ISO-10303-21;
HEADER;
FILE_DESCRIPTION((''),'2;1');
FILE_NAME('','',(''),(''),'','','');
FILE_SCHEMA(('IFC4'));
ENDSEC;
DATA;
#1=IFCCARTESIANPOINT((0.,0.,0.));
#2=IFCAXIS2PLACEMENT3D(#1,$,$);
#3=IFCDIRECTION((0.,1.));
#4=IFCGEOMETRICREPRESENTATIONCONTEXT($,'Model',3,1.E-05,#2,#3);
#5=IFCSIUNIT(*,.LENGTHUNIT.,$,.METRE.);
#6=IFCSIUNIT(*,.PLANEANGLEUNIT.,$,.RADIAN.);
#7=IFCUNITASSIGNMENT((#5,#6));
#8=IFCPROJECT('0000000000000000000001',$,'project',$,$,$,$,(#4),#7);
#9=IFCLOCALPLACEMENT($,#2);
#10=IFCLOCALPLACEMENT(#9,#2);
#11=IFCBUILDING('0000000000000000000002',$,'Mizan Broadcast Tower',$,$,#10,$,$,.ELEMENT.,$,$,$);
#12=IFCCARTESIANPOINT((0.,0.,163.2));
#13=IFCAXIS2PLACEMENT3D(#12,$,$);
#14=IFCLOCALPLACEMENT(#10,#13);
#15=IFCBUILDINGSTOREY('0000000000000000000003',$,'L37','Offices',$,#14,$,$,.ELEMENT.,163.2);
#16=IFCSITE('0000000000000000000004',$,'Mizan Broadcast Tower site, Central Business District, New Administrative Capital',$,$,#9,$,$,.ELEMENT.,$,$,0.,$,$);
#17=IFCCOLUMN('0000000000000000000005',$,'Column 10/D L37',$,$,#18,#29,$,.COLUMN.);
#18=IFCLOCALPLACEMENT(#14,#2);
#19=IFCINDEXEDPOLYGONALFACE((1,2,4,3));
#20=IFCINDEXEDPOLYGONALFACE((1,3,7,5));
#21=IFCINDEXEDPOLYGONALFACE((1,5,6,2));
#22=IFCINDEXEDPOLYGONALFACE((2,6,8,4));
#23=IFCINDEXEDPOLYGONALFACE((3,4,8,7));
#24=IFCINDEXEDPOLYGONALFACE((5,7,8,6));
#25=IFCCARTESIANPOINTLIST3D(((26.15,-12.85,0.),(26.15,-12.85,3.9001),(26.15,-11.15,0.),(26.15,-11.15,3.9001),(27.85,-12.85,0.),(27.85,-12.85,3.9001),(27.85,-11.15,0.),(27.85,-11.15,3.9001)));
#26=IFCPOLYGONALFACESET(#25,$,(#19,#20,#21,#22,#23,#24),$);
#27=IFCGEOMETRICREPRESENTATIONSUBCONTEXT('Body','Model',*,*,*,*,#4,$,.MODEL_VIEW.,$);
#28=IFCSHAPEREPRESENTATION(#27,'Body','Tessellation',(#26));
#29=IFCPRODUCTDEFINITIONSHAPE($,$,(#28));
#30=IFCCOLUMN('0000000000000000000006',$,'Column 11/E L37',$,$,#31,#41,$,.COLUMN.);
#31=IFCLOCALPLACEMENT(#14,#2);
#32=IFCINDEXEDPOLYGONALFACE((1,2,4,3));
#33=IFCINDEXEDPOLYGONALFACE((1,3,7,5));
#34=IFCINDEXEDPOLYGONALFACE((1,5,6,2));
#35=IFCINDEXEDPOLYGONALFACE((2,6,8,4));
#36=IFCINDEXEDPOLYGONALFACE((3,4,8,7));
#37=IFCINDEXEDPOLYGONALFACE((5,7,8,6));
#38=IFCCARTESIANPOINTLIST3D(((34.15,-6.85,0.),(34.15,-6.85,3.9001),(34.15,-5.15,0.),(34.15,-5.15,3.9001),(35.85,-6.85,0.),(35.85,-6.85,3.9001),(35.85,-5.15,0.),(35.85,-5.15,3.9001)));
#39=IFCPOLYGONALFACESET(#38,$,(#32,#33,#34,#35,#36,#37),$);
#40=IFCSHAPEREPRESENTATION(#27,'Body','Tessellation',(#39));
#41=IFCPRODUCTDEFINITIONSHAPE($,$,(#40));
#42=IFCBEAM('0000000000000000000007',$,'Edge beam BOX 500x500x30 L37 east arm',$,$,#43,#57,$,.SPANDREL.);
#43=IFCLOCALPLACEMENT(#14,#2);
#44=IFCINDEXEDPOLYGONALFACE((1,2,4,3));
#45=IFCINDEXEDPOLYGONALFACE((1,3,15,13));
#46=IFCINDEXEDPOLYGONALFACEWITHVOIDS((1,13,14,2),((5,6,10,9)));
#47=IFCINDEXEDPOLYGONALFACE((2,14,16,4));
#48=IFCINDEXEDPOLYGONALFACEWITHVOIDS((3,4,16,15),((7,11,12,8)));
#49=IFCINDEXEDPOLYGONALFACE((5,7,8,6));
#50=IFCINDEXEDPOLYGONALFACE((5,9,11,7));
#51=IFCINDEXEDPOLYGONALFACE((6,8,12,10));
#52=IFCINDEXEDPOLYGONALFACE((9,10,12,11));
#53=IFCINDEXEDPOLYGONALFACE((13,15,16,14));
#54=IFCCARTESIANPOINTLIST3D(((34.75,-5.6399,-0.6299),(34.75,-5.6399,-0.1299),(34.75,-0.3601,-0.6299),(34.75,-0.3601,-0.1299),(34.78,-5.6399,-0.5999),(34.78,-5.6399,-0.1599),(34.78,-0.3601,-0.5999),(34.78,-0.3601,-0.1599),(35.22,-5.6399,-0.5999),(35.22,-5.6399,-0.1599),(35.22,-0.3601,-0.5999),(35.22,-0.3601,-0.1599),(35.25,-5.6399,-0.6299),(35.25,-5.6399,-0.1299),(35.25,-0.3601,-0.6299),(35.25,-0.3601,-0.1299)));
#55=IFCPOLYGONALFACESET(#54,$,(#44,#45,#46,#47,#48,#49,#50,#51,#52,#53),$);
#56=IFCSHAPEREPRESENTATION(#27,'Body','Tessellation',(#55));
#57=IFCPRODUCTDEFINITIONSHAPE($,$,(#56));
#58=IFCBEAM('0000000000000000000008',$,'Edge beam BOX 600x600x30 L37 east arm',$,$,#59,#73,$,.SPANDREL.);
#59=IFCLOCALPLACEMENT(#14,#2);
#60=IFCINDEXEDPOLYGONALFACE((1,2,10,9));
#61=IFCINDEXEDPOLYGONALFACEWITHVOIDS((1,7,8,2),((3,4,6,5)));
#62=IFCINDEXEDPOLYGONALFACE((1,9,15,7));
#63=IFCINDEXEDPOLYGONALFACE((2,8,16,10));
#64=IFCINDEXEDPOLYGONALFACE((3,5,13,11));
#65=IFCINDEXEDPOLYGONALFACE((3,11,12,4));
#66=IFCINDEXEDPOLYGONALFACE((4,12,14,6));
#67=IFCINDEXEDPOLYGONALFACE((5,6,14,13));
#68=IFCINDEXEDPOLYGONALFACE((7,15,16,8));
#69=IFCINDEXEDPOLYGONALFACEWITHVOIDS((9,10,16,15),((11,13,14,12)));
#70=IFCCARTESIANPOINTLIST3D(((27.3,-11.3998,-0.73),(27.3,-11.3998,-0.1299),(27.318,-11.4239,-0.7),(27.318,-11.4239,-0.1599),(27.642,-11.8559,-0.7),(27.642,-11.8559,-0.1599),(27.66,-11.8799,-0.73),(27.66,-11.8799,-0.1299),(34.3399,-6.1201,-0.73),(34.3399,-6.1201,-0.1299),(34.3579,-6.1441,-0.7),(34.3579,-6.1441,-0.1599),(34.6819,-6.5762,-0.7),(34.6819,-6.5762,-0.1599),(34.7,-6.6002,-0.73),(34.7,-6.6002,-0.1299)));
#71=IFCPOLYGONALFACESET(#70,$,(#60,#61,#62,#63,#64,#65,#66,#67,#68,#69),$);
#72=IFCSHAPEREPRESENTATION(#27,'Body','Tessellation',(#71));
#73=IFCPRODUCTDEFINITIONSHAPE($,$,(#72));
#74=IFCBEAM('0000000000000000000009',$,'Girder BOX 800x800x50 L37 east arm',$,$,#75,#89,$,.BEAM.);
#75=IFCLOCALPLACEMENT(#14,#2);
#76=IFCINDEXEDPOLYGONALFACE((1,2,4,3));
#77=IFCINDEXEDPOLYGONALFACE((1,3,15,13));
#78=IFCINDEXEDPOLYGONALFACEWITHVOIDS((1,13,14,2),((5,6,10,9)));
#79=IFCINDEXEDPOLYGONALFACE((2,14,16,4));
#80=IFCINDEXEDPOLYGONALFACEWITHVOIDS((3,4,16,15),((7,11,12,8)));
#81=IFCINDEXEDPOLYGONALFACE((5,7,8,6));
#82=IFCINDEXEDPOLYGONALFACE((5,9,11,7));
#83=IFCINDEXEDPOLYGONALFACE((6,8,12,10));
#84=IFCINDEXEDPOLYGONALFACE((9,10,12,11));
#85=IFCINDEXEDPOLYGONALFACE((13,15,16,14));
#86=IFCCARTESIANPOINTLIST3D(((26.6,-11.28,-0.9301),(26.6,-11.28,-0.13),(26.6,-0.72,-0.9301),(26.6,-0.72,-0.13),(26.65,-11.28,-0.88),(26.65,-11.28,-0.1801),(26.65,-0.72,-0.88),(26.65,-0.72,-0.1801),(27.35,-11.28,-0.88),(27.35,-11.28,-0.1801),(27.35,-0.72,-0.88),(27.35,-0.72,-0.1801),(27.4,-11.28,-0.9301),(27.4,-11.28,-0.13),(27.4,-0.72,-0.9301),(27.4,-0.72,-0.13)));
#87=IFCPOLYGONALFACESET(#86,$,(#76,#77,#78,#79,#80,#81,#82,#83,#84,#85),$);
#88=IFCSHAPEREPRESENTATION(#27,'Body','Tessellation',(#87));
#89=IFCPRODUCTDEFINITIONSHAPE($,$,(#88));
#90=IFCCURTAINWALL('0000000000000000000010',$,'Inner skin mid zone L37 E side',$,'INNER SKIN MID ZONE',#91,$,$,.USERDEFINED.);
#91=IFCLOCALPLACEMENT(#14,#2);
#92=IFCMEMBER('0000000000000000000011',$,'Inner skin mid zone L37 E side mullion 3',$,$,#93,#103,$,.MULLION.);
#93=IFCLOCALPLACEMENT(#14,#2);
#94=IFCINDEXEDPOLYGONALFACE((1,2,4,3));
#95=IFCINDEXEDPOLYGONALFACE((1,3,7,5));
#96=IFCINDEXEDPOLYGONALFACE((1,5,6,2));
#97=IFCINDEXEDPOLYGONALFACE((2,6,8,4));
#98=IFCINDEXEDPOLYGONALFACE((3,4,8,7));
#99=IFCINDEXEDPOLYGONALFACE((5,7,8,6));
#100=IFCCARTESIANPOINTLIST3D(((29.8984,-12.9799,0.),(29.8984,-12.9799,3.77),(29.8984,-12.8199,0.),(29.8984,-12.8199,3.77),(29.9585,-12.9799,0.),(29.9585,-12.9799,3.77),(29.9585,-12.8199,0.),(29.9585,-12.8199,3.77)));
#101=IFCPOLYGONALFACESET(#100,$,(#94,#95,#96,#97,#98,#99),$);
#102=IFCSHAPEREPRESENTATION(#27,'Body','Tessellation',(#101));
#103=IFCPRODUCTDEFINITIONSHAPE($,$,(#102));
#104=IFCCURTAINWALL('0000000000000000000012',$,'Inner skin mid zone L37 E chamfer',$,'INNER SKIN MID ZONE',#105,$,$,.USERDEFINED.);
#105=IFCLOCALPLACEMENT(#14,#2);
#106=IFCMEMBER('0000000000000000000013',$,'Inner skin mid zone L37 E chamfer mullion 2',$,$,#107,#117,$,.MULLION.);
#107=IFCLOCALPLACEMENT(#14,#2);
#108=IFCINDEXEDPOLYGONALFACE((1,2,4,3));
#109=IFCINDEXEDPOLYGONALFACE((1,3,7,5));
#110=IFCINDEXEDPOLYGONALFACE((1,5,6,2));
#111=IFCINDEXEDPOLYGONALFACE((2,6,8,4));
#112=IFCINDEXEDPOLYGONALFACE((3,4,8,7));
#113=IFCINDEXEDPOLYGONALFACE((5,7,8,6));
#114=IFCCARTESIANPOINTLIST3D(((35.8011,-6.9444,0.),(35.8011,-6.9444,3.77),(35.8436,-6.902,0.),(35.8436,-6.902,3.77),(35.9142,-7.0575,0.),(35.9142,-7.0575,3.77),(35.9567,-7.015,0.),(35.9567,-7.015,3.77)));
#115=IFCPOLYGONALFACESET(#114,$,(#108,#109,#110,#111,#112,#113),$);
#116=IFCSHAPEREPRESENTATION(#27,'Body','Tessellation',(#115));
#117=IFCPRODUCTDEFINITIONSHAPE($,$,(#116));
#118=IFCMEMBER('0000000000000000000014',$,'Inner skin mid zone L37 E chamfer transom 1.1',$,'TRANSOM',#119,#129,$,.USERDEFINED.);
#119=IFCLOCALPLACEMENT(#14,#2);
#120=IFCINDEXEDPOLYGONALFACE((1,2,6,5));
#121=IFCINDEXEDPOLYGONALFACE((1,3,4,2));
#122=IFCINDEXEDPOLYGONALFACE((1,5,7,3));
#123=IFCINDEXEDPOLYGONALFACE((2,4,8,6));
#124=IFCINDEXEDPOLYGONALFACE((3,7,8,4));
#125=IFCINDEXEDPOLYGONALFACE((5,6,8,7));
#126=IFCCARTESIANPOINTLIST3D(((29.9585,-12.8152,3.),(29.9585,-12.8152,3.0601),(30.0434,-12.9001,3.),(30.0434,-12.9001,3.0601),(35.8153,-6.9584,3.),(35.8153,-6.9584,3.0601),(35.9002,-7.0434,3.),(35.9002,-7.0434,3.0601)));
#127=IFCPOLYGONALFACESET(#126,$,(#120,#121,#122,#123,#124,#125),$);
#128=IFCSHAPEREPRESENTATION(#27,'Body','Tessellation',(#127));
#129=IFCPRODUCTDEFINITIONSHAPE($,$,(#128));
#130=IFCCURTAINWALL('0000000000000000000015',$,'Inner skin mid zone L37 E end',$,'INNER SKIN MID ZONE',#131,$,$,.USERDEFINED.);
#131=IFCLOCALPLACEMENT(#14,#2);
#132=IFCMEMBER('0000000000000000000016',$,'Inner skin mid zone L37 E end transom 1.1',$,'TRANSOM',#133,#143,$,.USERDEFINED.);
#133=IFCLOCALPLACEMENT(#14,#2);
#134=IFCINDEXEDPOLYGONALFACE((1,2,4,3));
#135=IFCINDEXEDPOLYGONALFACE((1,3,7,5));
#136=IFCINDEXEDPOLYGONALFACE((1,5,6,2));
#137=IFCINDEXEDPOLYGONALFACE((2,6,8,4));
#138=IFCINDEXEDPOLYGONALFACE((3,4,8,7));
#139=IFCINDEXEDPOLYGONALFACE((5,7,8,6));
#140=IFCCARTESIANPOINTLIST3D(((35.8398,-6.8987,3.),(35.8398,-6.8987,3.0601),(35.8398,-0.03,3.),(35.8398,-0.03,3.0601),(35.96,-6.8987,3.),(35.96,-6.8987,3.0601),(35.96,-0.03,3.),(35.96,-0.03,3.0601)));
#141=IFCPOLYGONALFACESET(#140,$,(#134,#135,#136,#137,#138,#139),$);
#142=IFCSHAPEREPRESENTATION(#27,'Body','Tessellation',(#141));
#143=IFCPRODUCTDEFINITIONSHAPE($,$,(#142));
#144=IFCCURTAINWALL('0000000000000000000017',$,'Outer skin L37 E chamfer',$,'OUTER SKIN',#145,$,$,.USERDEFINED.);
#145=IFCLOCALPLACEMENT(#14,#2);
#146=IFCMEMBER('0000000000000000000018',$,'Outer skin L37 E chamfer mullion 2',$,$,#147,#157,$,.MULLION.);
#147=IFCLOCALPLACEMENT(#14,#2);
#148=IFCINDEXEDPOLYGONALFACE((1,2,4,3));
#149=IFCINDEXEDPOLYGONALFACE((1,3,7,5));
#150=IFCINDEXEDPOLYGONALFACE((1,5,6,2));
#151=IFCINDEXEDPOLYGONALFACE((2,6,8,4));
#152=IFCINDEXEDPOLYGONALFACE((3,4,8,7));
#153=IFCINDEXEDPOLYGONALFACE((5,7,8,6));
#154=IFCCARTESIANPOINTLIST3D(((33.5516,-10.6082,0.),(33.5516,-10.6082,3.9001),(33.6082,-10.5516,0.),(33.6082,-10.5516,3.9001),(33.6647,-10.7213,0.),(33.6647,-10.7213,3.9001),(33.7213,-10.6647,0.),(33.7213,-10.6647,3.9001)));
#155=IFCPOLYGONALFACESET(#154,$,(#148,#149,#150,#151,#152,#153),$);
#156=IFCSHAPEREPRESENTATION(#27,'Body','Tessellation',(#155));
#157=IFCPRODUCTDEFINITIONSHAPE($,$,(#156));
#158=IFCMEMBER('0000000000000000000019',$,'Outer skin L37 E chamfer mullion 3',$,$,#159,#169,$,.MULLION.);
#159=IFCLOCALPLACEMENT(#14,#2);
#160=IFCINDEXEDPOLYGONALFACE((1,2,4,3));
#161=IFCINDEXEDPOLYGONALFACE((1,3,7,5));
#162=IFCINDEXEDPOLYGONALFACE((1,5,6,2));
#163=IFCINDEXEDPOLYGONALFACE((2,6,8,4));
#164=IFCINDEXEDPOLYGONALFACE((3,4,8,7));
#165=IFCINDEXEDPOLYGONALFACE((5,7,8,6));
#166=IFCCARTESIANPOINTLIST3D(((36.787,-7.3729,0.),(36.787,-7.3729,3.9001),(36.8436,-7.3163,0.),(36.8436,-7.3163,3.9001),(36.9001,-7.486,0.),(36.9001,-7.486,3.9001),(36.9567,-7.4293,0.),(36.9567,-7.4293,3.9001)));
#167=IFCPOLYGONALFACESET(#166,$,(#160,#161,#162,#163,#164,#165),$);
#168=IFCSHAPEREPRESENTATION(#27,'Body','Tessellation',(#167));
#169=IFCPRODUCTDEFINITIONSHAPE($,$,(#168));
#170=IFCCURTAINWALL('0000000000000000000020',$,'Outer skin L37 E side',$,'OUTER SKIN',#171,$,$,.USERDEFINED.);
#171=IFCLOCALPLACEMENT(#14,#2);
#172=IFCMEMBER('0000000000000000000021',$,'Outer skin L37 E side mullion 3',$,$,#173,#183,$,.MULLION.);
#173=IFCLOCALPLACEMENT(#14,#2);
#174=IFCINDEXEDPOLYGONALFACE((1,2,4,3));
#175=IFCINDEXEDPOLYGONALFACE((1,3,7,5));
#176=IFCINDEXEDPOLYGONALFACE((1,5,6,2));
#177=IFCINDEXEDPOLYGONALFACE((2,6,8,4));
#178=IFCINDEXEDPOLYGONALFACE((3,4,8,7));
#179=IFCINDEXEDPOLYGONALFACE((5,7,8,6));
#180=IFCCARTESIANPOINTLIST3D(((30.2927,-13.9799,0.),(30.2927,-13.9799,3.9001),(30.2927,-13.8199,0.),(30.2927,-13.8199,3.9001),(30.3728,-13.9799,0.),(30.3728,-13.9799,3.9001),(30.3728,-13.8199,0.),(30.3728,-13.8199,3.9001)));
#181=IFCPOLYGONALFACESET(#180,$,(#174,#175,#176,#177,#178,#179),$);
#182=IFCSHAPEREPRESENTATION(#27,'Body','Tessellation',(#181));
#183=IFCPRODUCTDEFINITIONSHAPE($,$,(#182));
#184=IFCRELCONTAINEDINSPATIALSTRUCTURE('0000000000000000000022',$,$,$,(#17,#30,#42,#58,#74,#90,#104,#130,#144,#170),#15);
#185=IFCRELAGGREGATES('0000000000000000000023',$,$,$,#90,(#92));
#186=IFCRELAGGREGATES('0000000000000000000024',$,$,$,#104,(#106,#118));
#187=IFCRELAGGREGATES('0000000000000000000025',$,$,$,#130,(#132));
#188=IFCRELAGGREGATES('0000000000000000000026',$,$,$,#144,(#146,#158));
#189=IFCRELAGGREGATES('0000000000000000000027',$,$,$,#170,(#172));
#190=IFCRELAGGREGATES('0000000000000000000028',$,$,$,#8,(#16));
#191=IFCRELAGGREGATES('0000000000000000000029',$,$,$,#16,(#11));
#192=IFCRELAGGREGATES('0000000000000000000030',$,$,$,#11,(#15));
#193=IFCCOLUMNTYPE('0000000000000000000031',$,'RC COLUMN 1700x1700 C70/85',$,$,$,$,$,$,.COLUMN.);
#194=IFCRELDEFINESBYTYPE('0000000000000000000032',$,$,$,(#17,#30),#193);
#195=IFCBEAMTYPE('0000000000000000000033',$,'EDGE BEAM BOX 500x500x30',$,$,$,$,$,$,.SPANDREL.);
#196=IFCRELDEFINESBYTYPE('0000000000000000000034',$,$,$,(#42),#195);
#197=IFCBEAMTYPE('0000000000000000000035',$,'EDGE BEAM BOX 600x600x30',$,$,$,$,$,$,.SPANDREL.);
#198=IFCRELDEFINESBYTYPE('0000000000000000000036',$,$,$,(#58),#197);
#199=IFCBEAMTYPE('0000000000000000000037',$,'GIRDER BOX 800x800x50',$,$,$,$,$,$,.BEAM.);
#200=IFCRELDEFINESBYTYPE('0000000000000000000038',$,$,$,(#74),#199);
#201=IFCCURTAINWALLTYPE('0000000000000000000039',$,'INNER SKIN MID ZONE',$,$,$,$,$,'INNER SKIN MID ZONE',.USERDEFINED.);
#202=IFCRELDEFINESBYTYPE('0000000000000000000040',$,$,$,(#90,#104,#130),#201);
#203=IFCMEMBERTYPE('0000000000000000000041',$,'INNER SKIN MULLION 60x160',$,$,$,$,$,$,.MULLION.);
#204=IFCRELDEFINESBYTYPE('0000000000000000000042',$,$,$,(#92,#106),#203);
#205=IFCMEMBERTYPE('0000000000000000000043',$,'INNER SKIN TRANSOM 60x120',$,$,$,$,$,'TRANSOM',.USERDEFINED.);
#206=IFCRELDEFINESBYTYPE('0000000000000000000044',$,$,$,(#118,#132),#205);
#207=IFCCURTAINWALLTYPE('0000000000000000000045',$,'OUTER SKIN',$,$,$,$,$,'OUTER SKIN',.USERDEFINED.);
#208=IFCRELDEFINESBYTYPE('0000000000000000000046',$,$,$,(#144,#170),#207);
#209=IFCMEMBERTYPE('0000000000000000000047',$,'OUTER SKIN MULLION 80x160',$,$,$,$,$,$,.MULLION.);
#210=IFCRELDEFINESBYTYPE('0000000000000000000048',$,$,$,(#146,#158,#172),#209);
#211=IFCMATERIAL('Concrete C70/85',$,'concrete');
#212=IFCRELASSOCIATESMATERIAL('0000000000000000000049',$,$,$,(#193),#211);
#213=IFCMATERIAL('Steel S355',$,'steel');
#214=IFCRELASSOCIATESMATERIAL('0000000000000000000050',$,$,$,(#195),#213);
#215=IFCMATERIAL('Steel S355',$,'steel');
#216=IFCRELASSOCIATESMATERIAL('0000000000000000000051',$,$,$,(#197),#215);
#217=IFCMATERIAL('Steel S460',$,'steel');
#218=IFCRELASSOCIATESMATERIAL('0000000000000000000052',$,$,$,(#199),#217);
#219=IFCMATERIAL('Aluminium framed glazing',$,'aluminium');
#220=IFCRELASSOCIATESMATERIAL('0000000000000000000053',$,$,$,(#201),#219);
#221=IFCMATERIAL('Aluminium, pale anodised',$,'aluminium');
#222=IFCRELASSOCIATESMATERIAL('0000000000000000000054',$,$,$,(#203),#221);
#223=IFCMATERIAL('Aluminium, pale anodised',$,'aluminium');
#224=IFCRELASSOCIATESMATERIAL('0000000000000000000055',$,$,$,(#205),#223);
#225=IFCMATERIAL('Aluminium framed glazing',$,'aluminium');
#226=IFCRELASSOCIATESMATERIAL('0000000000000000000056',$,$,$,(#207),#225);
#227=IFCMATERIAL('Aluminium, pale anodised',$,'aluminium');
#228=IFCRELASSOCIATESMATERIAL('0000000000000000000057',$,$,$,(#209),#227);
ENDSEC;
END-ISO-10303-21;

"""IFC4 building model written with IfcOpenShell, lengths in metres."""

from ifc_helpers import new_model, si_unit, direction, frame, origin, origin_2d, place, context, subcontext, project, spatial, rectangle, hollow_rectangle, extrude, material, material_profile, profile_set, type_object, element, aggregate, save


model = new_model("IFC4")

# Units and contexts
model_context = context("Model", 3, precision=1e-05, world=origin(), true_north=direction((0.0, 1.0)))
body_context = subcontext(model_context, "Body", "Model", "MODEL_VIEW")
ifc_project = project(units=[si_unit("LENGTHUNIT", "METRE"), si_unit("PLANEANGLEUNIT", "RADIAN")], contexts=[model_context])

# Site, building, storey
site_placement = place(None, origin())
site = spatial("IfcSite", under=ifc_project, at=site_placement, Name="Mizan Broadcast Tower site, Central Business District, New Administrative Capital", CompositionType="ELEMENT", RefElevation=0.0)
building_placement = place(site_placement, origin())
building = spatial("IfcBuilding", under=site, at=building_placement, Name="Mizan Broadcast Tower", CompositionType="ELEMENT")
storey_placement = place(building_placement, frame((0.0, 0.0, 163.2)))
storey = spatial("IfcBuildingStorey", under=building, at=storey_placement, Name="L37", Description="Offices", CompositionType="ELEMENT", Elevation=163.2)

# Columns
ifc_material_1 = material(Name="Concrete C70/85", Category="concrete")
ifc_material_profile_1 = material_profile(ifc_material_1, rectangle(XDim=1.7, YDim=1.7, at=origin_2d()), Name="RC 1700x1700")
ifc_profile_set_1 = profile_set([ifc_material_profile_1], Name="Concrete C70/85")
column_type = type_object("IfcColumnType", Name="RC COLUMN 1700x1700 C70/85", PredefinedType="COLUMN", material=ifc_profile_set_1)
for number, where, z_axis, x_axis, name in (
    (1, (27.0, -12.0, 0.0), (0.0, 0.0, 1.0), (1.0, 0.0, 0.0), "Column 10/D L37"),
    (2, (35.0, -6.0, 0.0), (0.0, 0.0, 1.0), (1.0, 0.0, 0.0), "Column 11/E L37"),
):
    element("IfcColumn", number, at=place(storey_placement, frame(where, z_axis=z_axis, x_axis=x_axis)), inside=storey, type_object=column_type, Name=name, PredefinedType="COLUMN", context=body_context, shape_type="SweptSolid", body=[
        extrude(rectangle(XDim=1.7, YDim=1.7, at=origin_2d()), origin(), (0.0, 0.0, 1.0), 3.9001),
    ])

# Beams
ifc_material_2 = material(Name="Steel S355", Category="steel")
ifc_material_profile_2 = material_profile(ifc_material_2, hollow_rectangle(XDim=0.5, YDim=0.5, WallThickness=0.03, at=origin_2d()), Name="BOX 500x500x30")
ifc_profile_set_2 = profile_set([ifc_material_profile_2], Name="Steel S355")
beam_type_1 = type_object("IfcBeamType", Name="EDGE BEAM BOX 500x500x30", PredefinedType="SPANDREL", material=ifc_profile_set_2)
beam_1_placement = place(storey_placement, frame((35.0, -5.6399, -0.3799), z_axis=(0.0, 1.0, 0.0), x_axis=(-1.0, 0.0, 0.0)))
element("IfcBeam", 3, at=beam_1_placement, inside=storey, type_object=beam_type_1, Name="Edge beam BOX 500x500x30 L37 east arm", PredefinedType="SPANDREL", context=body_context, shape_type="SweptSolid", body=[
    extrude(hollow_rectangle(XDim=0.5, YDim=0.5, WallThickness=0.03, at=origin_2d()), origin(), (0.0, 0.0, 1.0), 5.2798),
])
ifc_material_3 = material(Name="Steel S355", Category="steel")
ifc_material_profile_3 = material_profile(ifc_material_3, hollow_rectangle(XDim=0.6001, YDim=0.6001, WallThickness=0.03, at=origin_2d()), Name="BOX 600x600x30")
ifc_profile_set_3 = profile_set([ifc_material_profile_3], Name="Steel S355")
beam_type_2 = type_object("IfcBeamType", Name="EDGE BEAM BOX 600x600x30", PredefinedType="SPANDREL", material=ifc_profile_set_3)
beam_2_placement = place(storey_placement, frame((27.48, -11.6399, -0.4299), z_axis=(0.800013, 0.599982, 0.0), x_axis=(-0.599982, 0.800013, 0.0)))
element("IfcBeam", 4, at=beam_2_placement, inside=storey, type_object=beam_type_2, Name="Edge beam BOX 600x600x30 L37 east arm", PredefinedType="SPANDREL", context=body_context, shape_type="SweptSolid", body=[
    extrude(hollow_rectangle(XDim=0.6001, YDim=0.6001, WallThickness=0.03, at=origin_2d()), origin(), (0.0, 0.0, 1.0), 8.7998),
])
ifc_material_4 = material(Name="Steel S460", Category="steel")
ifc_material_profile_4 = material_profile(ifc_material_4, hollow_rectangle(XDim=0.8, YDim=0.8, WallThickness=0.05, at=origin_2d()), Name="BOX 800x800x50")
ifc_profile_set_4 = profile_set([ifc_material_profile_4], Name="Steel S460")
beam_type_3 = type_object("IfcBeamType", Name="GIRDER BOX 800x800x50", PredefinedType="BEAM", material=ifc_profile_set_4)
beam_3_placement = place(storey_placement, frame((27.0, -11.28, -0.53), z_axis=(0.0, 1.0, 0.0), x_axis=(-1.0, 0.0, 0.0)))
element("IfcBeam", 5, at=beam_3_placement, inside=storey, type_object=beam_type_3, Name="Girder BOX 800x800x50 L37 east arm", PredefinedType="BEAM", context=body_context, shape_type="SweptSolid", body=[
    extrude(hollow_rectangle(XDim=0.8, YDim=0.8, WallThickness=0.05, at=origin_2d()), origin(), (0.0, 0.0, 1.0), 10.5601),
])

# Curtain wall, member
ifc_material_5 = material(Name="Aluminium framed glazing", Category="aluminium")
curtain_wall_type_1 = type_object("IfcCurtainWallType", Name="INNER SKIN MID ZONE", ElementType="INNER SKIN MID ZONE", PredefinedType="USERDEFINED", material=ifc_material_5)
curtain_wall_1_placement = place(storey_placement, origin())
curtain_wall_1 = element("IfcCurtainWall", 6, at=curtain_wall_1_placement, inside=storey, type_object=curtain_wall_type_1, Name="Inner skin mid zone L37 E side", ObjectType="INNER SKIN MID ZONE", PredefinedType="USERDEFINED")
ifc_material_6 = material(Name="Aluminium, pale anodised", Category="aluminium")
ifc_material_profile_5 = material_profile(ifc_material_6, rectangle(XDim=0.1599, YDim=0.0601, at=origin_2d()), Name="MULLION 160x60")
ifc_profile_set_5 = profile_set([ifc_material_profile_5], Name="Aluminium, pale anodised")
member_type_1 = type_object("IfcMemberType", Name="INNER SKIN MULLION 60x160", PredefinedType="MULLION", material=ifc_profile_set_5)
member_1_placement = place(storey_placement, frame((29.9285, -12.8999, 0.0), z_axis=(0.0, 0.0, 1.0), x_axis=(0.0, 1.0, 0.0)))
member_1 = element("IfcMember", 7, at=member_1_placement, type_object=member_type_1, Name="Inner skin mid zone L37 E side mullion 3", PredefinedType="MULLION", context=body_context, shape_type="SweptSolid", body=[
    extrude(rectangle(XDim=0.1599, YDim=0.0601, at=origin_2d()), origin(), (0.0, 0.0, 1.0), 3.77),
])

# Curtain wall, members
curtain_wall_2_placement = place(storey_placement, origin())
curtain_wall_2 = element("IfcCurtainWall", 8, at=curtain_wall_2_placement, inside=storey, type_object=curtain_wall_type_1, Name="Inner skin mid zone L37 E chamfer", ObjectType="INNER SKIN MID ZONE", PredefinedType="USERDEFINED")
member_2_placement = place(storey_placement, frame((35.8789, -6.9797, 0.0), z_axis=(0.0, 0.0, 1.0), x_axis=(-0.707107, 0.707107, 0.0)))
member_2 = element("IfcMember", 9, at=member_2_placement, type_object=member_type_1, Name="Inner skin mid zone L37 E chamfer mullion 2", PredefinedType="MULLION", context=body_context, shape_type="SweptSolid", body=[
    extrude(rectangle(XDim=0.1599, YDim=0.0601, at=origin_2d()), origin(), (0.0, 0.0, 1.0), 3.77),
])
ifc_material_7 = material(Name="Aluminium, pale anodised", Category="aluminium")
ifc_material_profile_6 = material_profile(ifc_material_7, rectangle(XDim=0.1201, YDim=0.0601, at=origin_2d()), Name="TRANSOM 120x60")
ifc_profile_set_6 = profile_set([ifc_material_profile_6], Name="Aluminium, pale anodised")
member_type_2 = type_object("IfcMemberType", Name="INNER SKIN TRANSOM 60x120", ElementType="TRANSOM", PredefinedType="USERDEFINED", material=ifc_profile_set_6)
member_3_placement = place(storey_placement, frame((30.001, -12.8577, 3.03), z_axis=(0.707107, 0.707107, 0.0), x_axis=(-0.707107, 0.707107, 0.0)))
member_3 = element("IfcMember", 10, at=member_3_placement, type_object=member_type_2, Name="Inner skin mid zone L37 E chamfer transom 1.1", ObjectType="TRANSOM", PredefinedType="USERDEFINED", context=body_context, shape_type="SweptSolid", body=[
    extrude(rectangle(XDim=0.1201, YDim=0.0601, at=origin_2d()), origin(), (0.0, 0.0, 1.0), 8.2827),
])

# Curtain wall, member
curtain_wall_3_placement = place(storey_placement, origin())
curtain_wall_3 = element("IfcCurtainWall", 11, at=curtain_wall_3_placement, inside=storey, type_object=curtain_wall_type_1, Name="Inner skin mid zone L37 E end", ObjectType="INNER SKIN MID ZONE", PredefinedType="USERDEFINED")
member_4_placement = place(storey_placement, frame((35.8999, -6.8987, 3.03), z_axis=(0.0, 1.0, 0.0), x_axis=(-1.0, 0.0, 0.0)))
member_4 = element("IfcMember", 12, at=member_4_placement, type_object=member_type_2, Name="Inner skin mid zone L37 E end transom 1.1", ObjectType="TRANSOM", PredefinedType="USERDEFINED", context=body_context, shape_type="SweptSolid", body=[
    extrude(rectangle(XDim=0.1201, YDim=0.0601, at=origin_2d()), origin(), (0.0, 0.0, 1.0), 6.8687),
])

# Curtain wall, members
ifc_material_8 = material(Name="Aluminium framed glazing", Category="aluminium")
curtain_wall_type_2 = type_object("IfcCurtainWallType", Name="OUTER SKIN", ElementType="OUTER SKIN", PredefinedType="USERDEFINED", material=ifc_material_8)
curtain_wall_4_placement = place(storey_placement, origin())
curtain_wall_4 = element("IfcCurtainWall", 13, at=curtain_wall_4_placement, inside=storey, type_object=curtain_wall_type_2, Name="Outer skin L37 E chamfer", ObjectType="OUTER SKIN", PredefinedType="USERDEFINED")
ifc_material_9 = material(Name="Aluminium, pale anodised", Category="aluminium")
ifc_material_profile_7 = material_profile(ifc_material_9, rectangle(XDim=0.1599, YDim=0.0801, at=origin_2d()), Name="MULLION 160x80")
ifc_profile_set_7 = profile_set([ifc_material_profile_7], Name="Aluminium, pale anodised")
member_type_3 = type_object("IfcMemberType", Name="OUTER SKIN MULLION 80x160", PredefinedType="MULLION", material=ifc_profile_set_7)
member_5_placement = place(storey_placement, frame((33.6365, -10.6365, 0.0), z_axis=(0.0, 0.0, 1.0), x_axis=(-0.707107, 0.707107, 0.0)))
member_5 = element("IfcMember", 14, at=member_5_placement, type_object=member_type_3, Name="Outer skin L37 E chamfer mullion 2", PredefinedType="MULLION", context=body_context, shape_type="SweptSolid", body=[
    extrude(rectangle(XDim=0.1599, YDim=0.0801, at=origin_2d()), origin(), (0.0, 0.0, 1.0), 3.9001),
])
member_6_placement = place(storey_placement, frame((36.8718, -7.4011, 0.0), z_axis=(0.0, 0.0, 1.0), x_axis=(-0.707107, 0.707107, 0.0)))
member_6 = element("IfcMember", 15, at=member_6_placement, type_object=member_type_3, Name="Outer skin L37 E chamfer mullion 3", PredefinedType="MULLION", context=body_context, shape_type="SweptSolid", body=[
    extrude(rectangle(XDim=0.1599, YDim=0.0801, at=origin_2d()), origin(), (0.0, 0.0, 1.0), 3.9001),
])

# Curtain wall, member
curtain_wall_5_placement = place(storey_placement, origin())
curtain_wall_5 = element("IfcCurtainWall", 16, at=curtain_wall_5_placement, inside=storey, type_object=curtain_wall_type_2, Name="Outer skin L37 E side", ObjectType="OUTER SKIN", PredefinedType="USERDEFINED")
member_7_placement = place(storey_placement, frame((30.3328, -13.8999, 0.0), z_axis=(0.0, 0.0, 1.0), x_axis=(0.0, 1.0, 0.0)))
member_7 = element("IfcMember", 17, at=member_7_placement, type_object=member_type_3, Name="Outer skin L37 E side mullion 3", PredefinedType="MULLION", context=body_context, shape_type="SweptSolid", body=[
    extrude(rectangle(XDim=0.1599, YDim=0.0801, at=origin_2d()), origin(), (0.0, 0.0, 1.0), 3.9001),
])

aggregate(curtain_wall_1, [member_1])
aggregate(curtain_wall_2, [member_2, member_3])
aggregate(curtain_wall_3, [member_4])
aggregate(curtain_wall_4, [member_5, member_6])
aggregate(curtain_wall_5, [member_7])

save(model, "model.ifc")
